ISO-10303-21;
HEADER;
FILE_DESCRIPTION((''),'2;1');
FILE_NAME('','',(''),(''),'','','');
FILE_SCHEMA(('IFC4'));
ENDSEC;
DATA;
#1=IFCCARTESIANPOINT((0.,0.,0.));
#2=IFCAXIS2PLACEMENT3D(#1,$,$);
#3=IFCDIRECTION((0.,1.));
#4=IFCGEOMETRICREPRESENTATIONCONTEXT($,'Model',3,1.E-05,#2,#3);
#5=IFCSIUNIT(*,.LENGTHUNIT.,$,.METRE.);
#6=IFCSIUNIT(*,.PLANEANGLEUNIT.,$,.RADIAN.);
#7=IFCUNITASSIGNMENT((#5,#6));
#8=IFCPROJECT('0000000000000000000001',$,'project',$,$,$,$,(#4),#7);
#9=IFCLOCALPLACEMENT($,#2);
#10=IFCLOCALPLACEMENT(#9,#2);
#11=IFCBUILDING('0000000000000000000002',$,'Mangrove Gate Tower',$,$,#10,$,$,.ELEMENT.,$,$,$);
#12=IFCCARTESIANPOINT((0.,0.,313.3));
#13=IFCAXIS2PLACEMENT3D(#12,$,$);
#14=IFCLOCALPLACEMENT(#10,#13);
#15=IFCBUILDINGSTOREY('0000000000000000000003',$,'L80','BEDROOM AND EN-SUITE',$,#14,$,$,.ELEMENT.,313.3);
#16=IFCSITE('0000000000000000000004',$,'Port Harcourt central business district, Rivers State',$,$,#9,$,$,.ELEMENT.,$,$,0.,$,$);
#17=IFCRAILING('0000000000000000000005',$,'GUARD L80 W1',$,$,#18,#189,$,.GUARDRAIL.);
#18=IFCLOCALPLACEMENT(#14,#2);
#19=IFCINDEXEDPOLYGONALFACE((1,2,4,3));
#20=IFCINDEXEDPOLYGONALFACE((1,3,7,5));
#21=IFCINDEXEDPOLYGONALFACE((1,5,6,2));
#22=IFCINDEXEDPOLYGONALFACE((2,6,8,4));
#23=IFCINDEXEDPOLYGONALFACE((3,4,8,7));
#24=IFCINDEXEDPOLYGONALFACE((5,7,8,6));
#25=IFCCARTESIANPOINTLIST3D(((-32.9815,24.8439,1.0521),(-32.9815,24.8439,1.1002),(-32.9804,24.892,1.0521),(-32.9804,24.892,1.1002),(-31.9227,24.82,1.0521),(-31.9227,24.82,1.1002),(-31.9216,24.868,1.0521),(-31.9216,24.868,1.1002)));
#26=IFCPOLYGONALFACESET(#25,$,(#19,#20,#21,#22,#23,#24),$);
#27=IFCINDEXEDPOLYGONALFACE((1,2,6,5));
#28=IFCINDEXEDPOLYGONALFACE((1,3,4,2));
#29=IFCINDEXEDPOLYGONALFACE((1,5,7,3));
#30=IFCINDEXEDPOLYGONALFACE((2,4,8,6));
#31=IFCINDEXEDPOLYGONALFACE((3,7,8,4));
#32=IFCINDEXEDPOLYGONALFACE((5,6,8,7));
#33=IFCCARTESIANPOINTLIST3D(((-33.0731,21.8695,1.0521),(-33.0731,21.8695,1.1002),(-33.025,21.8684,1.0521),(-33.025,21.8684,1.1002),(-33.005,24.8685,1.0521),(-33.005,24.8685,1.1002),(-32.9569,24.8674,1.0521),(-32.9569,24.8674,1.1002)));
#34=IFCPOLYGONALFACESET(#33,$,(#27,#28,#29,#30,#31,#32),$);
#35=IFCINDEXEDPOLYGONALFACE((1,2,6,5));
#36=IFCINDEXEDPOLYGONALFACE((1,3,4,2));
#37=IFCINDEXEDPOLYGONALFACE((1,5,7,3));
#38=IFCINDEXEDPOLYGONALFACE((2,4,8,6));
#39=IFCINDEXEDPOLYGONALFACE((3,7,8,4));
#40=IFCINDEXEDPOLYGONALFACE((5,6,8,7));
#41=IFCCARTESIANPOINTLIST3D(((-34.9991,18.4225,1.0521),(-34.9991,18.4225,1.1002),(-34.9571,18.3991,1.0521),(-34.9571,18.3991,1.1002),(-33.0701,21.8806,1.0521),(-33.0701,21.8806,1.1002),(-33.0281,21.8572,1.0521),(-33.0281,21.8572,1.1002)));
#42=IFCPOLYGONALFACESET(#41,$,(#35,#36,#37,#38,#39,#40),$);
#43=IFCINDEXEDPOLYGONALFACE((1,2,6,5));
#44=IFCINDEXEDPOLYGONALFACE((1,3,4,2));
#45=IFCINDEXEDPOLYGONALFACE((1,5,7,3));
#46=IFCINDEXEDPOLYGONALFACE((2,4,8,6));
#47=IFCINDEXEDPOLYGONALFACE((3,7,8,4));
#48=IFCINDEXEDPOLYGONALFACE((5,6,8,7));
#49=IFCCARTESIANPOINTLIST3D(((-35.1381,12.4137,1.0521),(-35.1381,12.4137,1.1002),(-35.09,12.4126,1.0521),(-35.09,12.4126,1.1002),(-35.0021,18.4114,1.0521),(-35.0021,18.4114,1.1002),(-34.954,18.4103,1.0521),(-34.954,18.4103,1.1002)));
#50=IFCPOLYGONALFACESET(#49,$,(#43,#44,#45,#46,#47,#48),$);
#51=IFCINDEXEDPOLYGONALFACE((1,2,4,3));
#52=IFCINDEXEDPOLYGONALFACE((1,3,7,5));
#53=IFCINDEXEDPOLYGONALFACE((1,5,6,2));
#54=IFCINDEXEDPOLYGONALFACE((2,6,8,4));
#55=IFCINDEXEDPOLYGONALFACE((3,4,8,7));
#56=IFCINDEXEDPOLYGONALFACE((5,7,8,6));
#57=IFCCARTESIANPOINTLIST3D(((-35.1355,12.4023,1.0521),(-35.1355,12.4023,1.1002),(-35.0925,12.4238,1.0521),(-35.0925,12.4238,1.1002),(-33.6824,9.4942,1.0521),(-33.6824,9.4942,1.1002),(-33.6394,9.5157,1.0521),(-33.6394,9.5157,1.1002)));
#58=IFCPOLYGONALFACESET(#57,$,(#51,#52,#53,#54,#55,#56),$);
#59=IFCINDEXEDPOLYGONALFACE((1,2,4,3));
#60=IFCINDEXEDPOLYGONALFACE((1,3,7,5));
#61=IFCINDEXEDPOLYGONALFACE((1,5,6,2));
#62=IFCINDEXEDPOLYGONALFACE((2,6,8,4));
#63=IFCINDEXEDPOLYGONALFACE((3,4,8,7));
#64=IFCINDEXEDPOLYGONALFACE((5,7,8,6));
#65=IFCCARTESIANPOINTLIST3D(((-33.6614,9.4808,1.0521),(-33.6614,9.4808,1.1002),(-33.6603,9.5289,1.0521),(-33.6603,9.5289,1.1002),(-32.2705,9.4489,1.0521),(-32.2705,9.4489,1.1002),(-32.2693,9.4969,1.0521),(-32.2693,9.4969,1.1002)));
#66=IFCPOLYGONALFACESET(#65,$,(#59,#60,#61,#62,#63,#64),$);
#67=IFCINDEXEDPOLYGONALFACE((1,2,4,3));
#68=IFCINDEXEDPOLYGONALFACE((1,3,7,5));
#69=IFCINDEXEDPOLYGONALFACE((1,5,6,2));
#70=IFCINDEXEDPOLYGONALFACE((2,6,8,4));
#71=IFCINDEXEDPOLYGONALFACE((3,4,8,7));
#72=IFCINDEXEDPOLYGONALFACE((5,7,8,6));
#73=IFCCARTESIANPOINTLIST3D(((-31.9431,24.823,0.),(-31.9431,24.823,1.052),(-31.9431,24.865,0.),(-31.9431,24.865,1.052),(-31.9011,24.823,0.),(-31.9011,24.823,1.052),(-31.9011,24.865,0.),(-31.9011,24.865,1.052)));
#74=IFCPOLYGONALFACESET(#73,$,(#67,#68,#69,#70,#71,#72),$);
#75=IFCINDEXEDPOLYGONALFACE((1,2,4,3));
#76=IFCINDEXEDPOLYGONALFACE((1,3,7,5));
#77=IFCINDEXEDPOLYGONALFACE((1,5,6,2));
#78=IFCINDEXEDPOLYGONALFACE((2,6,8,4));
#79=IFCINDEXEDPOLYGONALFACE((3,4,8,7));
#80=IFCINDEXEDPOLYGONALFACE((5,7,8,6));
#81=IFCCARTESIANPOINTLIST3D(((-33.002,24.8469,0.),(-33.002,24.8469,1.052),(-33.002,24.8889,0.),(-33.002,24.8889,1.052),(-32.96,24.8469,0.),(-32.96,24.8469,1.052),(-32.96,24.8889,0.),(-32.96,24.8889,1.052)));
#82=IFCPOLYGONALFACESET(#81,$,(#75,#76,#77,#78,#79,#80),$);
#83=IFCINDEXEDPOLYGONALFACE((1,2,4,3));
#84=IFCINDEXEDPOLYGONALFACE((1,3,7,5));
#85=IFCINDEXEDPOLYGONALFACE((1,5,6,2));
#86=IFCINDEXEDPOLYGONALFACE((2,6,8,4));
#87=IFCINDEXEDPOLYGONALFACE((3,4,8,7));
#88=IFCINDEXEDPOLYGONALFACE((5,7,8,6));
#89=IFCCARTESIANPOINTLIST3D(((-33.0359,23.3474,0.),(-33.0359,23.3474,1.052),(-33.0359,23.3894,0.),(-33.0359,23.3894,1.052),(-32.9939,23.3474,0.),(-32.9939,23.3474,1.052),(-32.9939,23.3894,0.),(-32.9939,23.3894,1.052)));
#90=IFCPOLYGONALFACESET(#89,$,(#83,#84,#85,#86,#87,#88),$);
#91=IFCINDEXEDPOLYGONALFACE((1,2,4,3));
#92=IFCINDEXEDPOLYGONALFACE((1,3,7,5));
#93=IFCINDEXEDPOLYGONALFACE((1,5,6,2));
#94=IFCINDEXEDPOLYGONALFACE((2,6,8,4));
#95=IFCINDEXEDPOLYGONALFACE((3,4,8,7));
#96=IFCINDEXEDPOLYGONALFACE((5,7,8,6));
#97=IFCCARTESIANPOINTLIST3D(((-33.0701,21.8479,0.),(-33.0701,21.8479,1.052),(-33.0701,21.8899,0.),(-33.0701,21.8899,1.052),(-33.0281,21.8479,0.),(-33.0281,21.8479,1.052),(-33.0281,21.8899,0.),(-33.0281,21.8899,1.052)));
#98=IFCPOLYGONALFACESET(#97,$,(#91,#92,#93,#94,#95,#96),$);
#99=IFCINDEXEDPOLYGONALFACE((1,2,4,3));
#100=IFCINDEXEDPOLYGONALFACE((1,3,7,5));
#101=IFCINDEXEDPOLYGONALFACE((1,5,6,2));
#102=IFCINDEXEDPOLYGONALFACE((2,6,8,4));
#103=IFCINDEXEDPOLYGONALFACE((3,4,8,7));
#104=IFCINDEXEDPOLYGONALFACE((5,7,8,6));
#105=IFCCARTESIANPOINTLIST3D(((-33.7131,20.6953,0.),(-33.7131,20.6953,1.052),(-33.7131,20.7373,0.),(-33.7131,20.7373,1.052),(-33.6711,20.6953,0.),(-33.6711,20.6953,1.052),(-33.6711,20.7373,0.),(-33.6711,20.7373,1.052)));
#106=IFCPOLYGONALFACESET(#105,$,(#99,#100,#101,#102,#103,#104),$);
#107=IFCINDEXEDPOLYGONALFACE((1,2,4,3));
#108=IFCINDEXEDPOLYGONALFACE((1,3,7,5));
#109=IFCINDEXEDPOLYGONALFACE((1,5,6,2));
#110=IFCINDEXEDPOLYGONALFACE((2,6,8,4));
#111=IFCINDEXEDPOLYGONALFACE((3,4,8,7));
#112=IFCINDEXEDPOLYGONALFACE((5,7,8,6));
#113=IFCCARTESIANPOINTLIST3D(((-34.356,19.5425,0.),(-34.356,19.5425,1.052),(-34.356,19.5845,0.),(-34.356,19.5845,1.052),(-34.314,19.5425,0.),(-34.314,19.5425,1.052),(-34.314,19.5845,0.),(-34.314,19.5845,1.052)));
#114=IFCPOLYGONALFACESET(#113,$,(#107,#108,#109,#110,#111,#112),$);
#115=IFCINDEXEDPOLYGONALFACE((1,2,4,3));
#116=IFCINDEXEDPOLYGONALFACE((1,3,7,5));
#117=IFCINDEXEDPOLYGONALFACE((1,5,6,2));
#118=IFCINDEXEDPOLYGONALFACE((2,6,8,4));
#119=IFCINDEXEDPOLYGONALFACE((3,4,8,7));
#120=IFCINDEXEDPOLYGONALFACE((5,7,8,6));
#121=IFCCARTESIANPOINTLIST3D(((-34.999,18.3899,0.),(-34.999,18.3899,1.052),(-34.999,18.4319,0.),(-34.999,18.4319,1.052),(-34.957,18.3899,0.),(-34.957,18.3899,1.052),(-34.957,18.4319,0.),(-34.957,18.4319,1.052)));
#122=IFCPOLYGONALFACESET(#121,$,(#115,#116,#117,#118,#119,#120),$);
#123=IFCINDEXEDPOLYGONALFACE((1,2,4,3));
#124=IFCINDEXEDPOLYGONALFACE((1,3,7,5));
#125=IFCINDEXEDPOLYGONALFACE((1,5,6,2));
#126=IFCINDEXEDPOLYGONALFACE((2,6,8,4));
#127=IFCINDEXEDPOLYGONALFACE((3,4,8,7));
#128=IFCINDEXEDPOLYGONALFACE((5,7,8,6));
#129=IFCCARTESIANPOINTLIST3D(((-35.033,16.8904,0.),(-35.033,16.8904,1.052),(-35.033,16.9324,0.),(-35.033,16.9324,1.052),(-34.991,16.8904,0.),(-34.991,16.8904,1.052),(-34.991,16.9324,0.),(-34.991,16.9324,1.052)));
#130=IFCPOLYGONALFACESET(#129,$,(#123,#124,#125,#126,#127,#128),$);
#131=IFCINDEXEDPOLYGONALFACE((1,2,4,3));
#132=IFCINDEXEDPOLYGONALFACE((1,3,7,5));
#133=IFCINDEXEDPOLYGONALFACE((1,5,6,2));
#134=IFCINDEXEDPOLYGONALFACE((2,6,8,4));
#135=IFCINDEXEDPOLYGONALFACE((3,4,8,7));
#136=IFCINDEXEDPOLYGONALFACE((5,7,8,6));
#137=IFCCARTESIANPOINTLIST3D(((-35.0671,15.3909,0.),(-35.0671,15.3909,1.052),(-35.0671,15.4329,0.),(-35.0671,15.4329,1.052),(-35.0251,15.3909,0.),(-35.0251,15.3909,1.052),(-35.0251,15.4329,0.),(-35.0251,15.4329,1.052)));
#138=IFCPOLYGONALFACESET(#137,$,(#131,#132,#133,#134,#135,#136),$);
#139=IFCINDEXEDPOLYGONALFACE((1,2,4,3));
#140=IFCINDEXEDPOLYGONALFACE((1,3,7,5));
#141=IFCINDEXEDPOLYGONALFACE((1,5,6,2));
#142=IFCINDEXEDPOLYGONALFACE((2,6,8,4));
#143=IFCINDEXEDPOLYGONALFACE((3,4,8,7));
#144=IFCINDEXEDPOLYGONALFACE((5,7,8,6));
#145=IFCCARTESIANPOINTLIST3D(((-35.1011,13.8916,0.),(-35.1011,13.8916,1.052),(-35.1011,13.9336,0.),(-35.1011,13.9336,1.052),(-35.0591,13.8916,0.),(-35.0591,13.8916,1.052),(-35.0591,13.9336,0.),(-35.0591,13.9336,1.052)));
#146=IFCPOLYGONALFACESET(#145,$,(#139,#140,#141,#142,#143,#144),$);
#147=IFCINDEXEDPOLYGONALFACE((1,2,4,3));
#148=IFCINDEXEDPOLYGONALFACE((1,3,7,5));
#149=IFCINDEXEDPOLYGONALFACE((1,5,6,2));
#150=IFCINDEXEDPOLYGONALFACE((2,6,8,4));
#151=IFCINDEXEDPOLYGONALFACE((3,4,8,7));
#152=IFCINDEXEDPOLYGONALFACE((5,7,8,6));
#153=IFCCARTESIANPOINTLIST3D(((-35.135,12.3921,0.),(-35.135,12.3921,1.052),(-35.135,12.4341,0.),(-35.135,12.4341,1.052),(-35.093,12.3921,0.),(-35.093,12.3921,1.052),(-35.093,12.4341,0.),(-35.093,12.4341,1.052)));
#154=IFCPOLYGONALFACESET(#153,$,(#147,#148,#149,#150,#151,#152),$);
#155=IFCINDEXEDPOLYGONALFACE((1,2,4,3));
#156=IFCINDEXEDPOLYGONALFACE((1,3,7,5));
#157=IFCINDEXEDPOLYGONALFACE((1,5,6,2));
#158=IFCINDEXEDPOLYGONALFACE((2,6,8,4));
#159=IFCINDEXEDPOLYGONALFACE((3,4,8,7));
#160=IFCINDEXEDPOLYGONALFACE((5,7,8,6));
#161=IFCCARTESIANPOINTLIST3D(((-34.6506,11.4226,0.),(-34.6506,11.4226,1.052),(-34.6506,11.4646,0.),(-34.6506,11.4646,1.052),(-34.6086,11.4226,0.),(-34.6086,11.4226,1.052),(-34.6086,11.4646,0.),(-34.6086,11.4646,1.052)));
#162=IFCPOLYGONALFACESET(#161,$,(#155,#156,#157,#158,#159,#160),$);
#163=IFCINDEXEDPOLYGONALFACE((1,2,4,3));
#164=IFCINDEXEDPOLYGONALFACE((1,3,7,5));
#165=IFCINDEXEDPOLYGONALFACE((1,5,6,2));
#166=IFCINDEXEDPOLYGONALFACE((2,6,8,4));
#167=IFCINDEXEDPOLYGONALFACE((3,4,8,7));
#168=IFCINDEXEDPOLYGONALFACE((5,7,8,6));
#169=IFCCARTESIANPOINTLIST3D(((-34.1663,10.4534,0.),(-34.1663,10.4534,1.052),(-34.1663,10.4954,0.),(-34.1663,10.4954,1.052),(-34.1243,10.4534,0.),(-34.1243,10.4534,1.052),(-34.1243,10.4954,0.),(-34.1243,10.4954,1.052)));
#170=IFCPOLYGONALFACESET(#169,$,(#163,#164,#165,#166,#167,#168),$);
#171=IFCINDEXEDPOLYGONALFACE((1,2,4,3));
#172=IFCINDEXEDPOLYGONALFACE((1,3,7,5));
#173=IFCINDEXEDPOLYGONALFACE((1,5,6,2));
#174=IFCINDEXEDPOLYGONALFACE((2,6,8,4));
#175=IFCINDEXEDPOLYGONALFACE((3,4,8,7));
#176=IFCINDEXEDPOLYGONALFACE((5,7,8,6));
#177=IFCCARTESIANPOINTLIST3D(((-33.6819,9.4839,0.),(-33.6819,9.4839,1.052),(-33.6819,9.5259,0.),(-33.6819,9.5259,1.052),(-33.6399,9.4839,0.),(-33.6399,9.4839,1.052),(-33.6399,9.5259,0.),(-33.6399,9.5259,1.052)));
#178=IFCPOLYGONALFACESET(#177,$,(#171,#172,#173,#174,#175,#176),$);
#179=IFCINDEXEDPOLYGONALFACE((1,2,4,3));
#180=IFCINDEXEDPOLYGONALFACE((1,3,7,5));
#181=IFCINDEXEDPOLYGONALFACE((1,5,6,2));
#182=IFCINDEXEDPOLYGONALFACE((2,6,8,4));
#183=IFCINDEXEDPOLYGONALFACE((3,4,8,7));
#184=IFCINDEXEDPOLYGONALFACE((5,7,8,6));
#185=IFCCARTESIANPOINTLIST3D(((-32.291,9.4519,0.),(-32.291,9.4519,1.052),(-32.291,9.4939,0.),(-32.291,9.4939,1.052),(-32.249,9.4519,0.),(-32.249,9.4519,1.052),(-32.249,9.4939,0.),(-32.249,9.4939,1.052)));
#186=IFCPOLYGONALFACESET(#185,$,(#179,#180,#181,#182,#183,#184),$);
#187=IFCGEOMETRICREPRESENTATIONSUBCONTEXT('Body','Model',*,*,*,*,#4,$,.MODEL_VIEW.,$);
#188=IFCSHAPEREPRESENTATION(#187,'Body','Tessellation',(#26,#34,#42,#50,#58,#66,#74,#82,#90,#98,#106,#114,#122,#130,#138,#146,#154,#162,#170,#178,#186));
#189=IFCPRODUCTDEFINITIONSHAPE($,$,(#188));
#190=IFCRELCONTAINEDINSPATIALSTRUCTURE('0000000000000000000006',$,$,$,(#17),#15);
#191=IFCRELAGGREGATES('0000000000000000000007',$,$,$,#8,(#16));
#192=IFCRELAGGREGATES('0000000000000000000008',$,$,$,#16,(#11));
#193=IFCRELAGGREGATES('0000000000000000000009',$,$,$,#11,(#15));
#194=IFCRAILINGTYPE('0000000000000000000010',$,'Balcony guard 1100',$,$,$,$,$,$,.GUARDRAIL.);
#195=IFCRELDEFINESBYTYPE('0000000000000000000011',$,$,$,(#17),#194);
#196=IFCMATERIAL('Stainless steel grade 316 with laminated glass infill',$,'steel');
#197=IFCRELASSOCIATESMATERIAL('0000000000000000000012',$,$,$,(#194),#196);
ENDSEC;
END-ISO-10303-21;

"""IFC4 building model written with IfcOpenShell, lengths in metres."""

from ifc_helpers import new_model, si_unit, direction, frame, origin, origin_2d, place, context, subcontext, project, spatial, rectangle, extrude, material, type_object, element, save


model = new_model("IFC4")

# Units and contexts
model_context = context("Model", 3, precision=1e-05, world=origin(), true_north=direction((0.0, 1.0)))
body_context = subcontext(model_context, "Body", "Model", "MODEL_VIEW")
ifc_project = project(units=[si_unit("LENGTHUNIT", "METRE"), si_unit("PLANEANGLEUNIT", "RADIAN")], contexts=[model_context])

# Site, building, storey
site_placement = place(None, origin())
site = spatial("IfcSite", under=ifc_project, at=site_placement, Name="Port Harcourt central business district, Rivers State", CompositionType="ELEMENT", RefElevation=0.0)
building_placement = place(site_placement, origin())
building = spatial("IfcBuilding", under=site, at=building_placement, Name="Mangrove Gate Tower", CompositionType="ELEMENT")
storey_placement = place(building_placement, frame((0.0, 0.0, 313.3)))
storey = spatial("IfcBuildingStorey", under=building, at=storey_placement, Name="L80", Description="BEDROOM AND EN-SUITE", CompositionType="ELEMENT", Elevation=313.3)

# Railing
ifc_material_1 = material(Name="Stainless steel grade 316 with laminated glass infill", Category="steel")
railing_type = type_object("IfcRailingType", Name="Balcony guard 1100", PredefinedType="GUARDRAIL", material=ifc_material_1)
railing_placement = place(storey_placement, frame((-31.9221, 24.844, 0.0)))
element("IfcRailing", 1, at=railing_placement, inside=storey, type_object=railing_type, Name="GUARD L80 W1", PredefinedType="GUARDRAIL", context=body_context, shape_type="SweptSolid", body=[
    extrude(rectangle(XDim=0.0481, YDim=0.0481, at=origin_2d()), frame((0.0, 0.0, 1.0762), z_axis=(-0.999745, 0.02259, 0.0), x_axis=(-0.02259, -0.999745, 0.0)), (0.0, 0.0, 1.0), 1.0591),
    extrude(rectangle(XDim=0.0481, YDim=0.0481, at=origin_2d()), frame((-1.0588, 0.0239, 1.0762), z_axis=(-0.022707, -0.999742, 0.0), x_axis=(0.999742, -0.022707, 0.0)), (0.0, 0.0, 1.0), 2.9998),
    extrude(rectangle(XDim=0.0481, YDim=0.0481, at=origin_2d()), frame((-1.127, -2.9751, 1.0762), z_axis=(-0.487155, -0.873315, 0.0), x_axis=(0.873315, -0.487155, 0.0)), (0.0, 0.0, 1.0), 3.9597),
    extrude(rectangle(XDim=0.0481, YDim=0.0481, at=origin_2d()), frame((-3.0559, -6.4331, 1.0762), z_axis=(-0.022667, -0.999743, 0.0), x_axis=(0.999743, -0.022667, 0.0)), (0.0, 0.0, 1.0), 5.9993),
    extrude(rectangle(XDim=0.0481, YDim=0.0481, at=origin_2d()), frame((-3.1919, -12.4309, 1.0762), z_axis=(0.446973, -0.894547, 0.0), x_axis=(0.894547, 0.446973, 0.0)), (0.0, 0.0, 1.0), 3.251),
    extrude(rectangle(XDim=0.0481, YDim=0.0481, at=origin_2d()), frame((-1.7388, -15.3391, 1.0762), z_axis=(0.999736, -0.022988, 0.0), x_axis=(0.022988, 0.999736, 0.0)), (0.0, 0.0, 1.0), 1.3914),
    extrude(rectangle(XDim=0.042, YDim=0.042, at=origin_2d()), origin(), (0.0, 0.0, 1.0), 1.052),
    extrude(rectangle(XDim=0.042, YDim=0.042, at=origin_2d()), frame((-1.0588, 0.0239, 0.0)), (0.0, 0.0, 1.0), 1.052),
    extrude(rectangle(XDim=0.042, YDim=0.042, at=origin_2d()), frame((-1.0928, -1.4756, 0.0)), (0.0, 0.0, 1.0), 1.052),
    extrude(rectangle(XDim=0.042, YDim=0.042, at=origin_2d()), frame((-1.127, -2.9751, 0.0)), (0.0, 0.0, 1.0), 1.052),
    extrude(rectangle(XDim=0.042, YDim=0.042, at=origin_2d()), frame((-1.77, -4.1277, 0.0)), (0.0, 0.0, 1.0), 1.052),
    extrude(rectangle(XDim=0.042, YDim=0.042, at=origin_2d()), frame((-2.4128, -5.2805, 0.0)), (0.0, 0.0, 1.0), 1.052),
    extrude(rectangle(XDim=0.042, YDim=0.042, at=origin_2d()), frame((-3.0559, -6.4331, 0.0)), (0.0, 0.0, 1.0), 1.052),
    extrude(rectangle(XDim=0.042, YDim=0.042, at=origin_2d()), frame((-3.0898, -7.9326, 0.0)), (0.0, 0.0, 1.0), 1.052),
    extrude(rectangle(XDim=0.042, YDim=0.042, at=origin_2d()), frame((-3.124, -9.4321, 0.0)), (0.0, 0.0, 1.0), 1.052),
    extrude(rectangle(XDim=0.042, YDim=0.042, at=origin_2d()), frame((-3.158, -10.9314, 0.0)), (0.0, 0.0, 1.0), 1.052),
    extrude(rectangle(XDim=0.042, YDim=0.042, at=origin_2d()), frame((-3.1919, -12.4309, 0.0)), (0.0, 0.0, 1.0), 1.052),
    extrude(rectangle(XDim=0.042, YDim=0.042, at=origin_2d()), frame((-2.7075, -13.4004, 0.0)), (0.0, 0.0, 1.0), 1.052),
    extrude(rectangle(XDim=0.042, YDim=0.042, at=origin_2d()), frame((-2.2231, -14.3696, 0.0)), (0.0, 0.0, 1.0), 1.052),
    extrude(rectangle(XDim=0.042, YDim=0.042, at=origin_2d()), frame((-1.7388, -15.3391, 0.0)), (0.0, 0.0, 1.0), 1.052),
    extrude(rectangle(XDim=0.042, YDim=0.042, at=origin_2d()), frame((-0.3479, -15.3711, 0.0)), (0.0, 0.0, 1.0), 1.052),
])

save(model, "model.ifc")
